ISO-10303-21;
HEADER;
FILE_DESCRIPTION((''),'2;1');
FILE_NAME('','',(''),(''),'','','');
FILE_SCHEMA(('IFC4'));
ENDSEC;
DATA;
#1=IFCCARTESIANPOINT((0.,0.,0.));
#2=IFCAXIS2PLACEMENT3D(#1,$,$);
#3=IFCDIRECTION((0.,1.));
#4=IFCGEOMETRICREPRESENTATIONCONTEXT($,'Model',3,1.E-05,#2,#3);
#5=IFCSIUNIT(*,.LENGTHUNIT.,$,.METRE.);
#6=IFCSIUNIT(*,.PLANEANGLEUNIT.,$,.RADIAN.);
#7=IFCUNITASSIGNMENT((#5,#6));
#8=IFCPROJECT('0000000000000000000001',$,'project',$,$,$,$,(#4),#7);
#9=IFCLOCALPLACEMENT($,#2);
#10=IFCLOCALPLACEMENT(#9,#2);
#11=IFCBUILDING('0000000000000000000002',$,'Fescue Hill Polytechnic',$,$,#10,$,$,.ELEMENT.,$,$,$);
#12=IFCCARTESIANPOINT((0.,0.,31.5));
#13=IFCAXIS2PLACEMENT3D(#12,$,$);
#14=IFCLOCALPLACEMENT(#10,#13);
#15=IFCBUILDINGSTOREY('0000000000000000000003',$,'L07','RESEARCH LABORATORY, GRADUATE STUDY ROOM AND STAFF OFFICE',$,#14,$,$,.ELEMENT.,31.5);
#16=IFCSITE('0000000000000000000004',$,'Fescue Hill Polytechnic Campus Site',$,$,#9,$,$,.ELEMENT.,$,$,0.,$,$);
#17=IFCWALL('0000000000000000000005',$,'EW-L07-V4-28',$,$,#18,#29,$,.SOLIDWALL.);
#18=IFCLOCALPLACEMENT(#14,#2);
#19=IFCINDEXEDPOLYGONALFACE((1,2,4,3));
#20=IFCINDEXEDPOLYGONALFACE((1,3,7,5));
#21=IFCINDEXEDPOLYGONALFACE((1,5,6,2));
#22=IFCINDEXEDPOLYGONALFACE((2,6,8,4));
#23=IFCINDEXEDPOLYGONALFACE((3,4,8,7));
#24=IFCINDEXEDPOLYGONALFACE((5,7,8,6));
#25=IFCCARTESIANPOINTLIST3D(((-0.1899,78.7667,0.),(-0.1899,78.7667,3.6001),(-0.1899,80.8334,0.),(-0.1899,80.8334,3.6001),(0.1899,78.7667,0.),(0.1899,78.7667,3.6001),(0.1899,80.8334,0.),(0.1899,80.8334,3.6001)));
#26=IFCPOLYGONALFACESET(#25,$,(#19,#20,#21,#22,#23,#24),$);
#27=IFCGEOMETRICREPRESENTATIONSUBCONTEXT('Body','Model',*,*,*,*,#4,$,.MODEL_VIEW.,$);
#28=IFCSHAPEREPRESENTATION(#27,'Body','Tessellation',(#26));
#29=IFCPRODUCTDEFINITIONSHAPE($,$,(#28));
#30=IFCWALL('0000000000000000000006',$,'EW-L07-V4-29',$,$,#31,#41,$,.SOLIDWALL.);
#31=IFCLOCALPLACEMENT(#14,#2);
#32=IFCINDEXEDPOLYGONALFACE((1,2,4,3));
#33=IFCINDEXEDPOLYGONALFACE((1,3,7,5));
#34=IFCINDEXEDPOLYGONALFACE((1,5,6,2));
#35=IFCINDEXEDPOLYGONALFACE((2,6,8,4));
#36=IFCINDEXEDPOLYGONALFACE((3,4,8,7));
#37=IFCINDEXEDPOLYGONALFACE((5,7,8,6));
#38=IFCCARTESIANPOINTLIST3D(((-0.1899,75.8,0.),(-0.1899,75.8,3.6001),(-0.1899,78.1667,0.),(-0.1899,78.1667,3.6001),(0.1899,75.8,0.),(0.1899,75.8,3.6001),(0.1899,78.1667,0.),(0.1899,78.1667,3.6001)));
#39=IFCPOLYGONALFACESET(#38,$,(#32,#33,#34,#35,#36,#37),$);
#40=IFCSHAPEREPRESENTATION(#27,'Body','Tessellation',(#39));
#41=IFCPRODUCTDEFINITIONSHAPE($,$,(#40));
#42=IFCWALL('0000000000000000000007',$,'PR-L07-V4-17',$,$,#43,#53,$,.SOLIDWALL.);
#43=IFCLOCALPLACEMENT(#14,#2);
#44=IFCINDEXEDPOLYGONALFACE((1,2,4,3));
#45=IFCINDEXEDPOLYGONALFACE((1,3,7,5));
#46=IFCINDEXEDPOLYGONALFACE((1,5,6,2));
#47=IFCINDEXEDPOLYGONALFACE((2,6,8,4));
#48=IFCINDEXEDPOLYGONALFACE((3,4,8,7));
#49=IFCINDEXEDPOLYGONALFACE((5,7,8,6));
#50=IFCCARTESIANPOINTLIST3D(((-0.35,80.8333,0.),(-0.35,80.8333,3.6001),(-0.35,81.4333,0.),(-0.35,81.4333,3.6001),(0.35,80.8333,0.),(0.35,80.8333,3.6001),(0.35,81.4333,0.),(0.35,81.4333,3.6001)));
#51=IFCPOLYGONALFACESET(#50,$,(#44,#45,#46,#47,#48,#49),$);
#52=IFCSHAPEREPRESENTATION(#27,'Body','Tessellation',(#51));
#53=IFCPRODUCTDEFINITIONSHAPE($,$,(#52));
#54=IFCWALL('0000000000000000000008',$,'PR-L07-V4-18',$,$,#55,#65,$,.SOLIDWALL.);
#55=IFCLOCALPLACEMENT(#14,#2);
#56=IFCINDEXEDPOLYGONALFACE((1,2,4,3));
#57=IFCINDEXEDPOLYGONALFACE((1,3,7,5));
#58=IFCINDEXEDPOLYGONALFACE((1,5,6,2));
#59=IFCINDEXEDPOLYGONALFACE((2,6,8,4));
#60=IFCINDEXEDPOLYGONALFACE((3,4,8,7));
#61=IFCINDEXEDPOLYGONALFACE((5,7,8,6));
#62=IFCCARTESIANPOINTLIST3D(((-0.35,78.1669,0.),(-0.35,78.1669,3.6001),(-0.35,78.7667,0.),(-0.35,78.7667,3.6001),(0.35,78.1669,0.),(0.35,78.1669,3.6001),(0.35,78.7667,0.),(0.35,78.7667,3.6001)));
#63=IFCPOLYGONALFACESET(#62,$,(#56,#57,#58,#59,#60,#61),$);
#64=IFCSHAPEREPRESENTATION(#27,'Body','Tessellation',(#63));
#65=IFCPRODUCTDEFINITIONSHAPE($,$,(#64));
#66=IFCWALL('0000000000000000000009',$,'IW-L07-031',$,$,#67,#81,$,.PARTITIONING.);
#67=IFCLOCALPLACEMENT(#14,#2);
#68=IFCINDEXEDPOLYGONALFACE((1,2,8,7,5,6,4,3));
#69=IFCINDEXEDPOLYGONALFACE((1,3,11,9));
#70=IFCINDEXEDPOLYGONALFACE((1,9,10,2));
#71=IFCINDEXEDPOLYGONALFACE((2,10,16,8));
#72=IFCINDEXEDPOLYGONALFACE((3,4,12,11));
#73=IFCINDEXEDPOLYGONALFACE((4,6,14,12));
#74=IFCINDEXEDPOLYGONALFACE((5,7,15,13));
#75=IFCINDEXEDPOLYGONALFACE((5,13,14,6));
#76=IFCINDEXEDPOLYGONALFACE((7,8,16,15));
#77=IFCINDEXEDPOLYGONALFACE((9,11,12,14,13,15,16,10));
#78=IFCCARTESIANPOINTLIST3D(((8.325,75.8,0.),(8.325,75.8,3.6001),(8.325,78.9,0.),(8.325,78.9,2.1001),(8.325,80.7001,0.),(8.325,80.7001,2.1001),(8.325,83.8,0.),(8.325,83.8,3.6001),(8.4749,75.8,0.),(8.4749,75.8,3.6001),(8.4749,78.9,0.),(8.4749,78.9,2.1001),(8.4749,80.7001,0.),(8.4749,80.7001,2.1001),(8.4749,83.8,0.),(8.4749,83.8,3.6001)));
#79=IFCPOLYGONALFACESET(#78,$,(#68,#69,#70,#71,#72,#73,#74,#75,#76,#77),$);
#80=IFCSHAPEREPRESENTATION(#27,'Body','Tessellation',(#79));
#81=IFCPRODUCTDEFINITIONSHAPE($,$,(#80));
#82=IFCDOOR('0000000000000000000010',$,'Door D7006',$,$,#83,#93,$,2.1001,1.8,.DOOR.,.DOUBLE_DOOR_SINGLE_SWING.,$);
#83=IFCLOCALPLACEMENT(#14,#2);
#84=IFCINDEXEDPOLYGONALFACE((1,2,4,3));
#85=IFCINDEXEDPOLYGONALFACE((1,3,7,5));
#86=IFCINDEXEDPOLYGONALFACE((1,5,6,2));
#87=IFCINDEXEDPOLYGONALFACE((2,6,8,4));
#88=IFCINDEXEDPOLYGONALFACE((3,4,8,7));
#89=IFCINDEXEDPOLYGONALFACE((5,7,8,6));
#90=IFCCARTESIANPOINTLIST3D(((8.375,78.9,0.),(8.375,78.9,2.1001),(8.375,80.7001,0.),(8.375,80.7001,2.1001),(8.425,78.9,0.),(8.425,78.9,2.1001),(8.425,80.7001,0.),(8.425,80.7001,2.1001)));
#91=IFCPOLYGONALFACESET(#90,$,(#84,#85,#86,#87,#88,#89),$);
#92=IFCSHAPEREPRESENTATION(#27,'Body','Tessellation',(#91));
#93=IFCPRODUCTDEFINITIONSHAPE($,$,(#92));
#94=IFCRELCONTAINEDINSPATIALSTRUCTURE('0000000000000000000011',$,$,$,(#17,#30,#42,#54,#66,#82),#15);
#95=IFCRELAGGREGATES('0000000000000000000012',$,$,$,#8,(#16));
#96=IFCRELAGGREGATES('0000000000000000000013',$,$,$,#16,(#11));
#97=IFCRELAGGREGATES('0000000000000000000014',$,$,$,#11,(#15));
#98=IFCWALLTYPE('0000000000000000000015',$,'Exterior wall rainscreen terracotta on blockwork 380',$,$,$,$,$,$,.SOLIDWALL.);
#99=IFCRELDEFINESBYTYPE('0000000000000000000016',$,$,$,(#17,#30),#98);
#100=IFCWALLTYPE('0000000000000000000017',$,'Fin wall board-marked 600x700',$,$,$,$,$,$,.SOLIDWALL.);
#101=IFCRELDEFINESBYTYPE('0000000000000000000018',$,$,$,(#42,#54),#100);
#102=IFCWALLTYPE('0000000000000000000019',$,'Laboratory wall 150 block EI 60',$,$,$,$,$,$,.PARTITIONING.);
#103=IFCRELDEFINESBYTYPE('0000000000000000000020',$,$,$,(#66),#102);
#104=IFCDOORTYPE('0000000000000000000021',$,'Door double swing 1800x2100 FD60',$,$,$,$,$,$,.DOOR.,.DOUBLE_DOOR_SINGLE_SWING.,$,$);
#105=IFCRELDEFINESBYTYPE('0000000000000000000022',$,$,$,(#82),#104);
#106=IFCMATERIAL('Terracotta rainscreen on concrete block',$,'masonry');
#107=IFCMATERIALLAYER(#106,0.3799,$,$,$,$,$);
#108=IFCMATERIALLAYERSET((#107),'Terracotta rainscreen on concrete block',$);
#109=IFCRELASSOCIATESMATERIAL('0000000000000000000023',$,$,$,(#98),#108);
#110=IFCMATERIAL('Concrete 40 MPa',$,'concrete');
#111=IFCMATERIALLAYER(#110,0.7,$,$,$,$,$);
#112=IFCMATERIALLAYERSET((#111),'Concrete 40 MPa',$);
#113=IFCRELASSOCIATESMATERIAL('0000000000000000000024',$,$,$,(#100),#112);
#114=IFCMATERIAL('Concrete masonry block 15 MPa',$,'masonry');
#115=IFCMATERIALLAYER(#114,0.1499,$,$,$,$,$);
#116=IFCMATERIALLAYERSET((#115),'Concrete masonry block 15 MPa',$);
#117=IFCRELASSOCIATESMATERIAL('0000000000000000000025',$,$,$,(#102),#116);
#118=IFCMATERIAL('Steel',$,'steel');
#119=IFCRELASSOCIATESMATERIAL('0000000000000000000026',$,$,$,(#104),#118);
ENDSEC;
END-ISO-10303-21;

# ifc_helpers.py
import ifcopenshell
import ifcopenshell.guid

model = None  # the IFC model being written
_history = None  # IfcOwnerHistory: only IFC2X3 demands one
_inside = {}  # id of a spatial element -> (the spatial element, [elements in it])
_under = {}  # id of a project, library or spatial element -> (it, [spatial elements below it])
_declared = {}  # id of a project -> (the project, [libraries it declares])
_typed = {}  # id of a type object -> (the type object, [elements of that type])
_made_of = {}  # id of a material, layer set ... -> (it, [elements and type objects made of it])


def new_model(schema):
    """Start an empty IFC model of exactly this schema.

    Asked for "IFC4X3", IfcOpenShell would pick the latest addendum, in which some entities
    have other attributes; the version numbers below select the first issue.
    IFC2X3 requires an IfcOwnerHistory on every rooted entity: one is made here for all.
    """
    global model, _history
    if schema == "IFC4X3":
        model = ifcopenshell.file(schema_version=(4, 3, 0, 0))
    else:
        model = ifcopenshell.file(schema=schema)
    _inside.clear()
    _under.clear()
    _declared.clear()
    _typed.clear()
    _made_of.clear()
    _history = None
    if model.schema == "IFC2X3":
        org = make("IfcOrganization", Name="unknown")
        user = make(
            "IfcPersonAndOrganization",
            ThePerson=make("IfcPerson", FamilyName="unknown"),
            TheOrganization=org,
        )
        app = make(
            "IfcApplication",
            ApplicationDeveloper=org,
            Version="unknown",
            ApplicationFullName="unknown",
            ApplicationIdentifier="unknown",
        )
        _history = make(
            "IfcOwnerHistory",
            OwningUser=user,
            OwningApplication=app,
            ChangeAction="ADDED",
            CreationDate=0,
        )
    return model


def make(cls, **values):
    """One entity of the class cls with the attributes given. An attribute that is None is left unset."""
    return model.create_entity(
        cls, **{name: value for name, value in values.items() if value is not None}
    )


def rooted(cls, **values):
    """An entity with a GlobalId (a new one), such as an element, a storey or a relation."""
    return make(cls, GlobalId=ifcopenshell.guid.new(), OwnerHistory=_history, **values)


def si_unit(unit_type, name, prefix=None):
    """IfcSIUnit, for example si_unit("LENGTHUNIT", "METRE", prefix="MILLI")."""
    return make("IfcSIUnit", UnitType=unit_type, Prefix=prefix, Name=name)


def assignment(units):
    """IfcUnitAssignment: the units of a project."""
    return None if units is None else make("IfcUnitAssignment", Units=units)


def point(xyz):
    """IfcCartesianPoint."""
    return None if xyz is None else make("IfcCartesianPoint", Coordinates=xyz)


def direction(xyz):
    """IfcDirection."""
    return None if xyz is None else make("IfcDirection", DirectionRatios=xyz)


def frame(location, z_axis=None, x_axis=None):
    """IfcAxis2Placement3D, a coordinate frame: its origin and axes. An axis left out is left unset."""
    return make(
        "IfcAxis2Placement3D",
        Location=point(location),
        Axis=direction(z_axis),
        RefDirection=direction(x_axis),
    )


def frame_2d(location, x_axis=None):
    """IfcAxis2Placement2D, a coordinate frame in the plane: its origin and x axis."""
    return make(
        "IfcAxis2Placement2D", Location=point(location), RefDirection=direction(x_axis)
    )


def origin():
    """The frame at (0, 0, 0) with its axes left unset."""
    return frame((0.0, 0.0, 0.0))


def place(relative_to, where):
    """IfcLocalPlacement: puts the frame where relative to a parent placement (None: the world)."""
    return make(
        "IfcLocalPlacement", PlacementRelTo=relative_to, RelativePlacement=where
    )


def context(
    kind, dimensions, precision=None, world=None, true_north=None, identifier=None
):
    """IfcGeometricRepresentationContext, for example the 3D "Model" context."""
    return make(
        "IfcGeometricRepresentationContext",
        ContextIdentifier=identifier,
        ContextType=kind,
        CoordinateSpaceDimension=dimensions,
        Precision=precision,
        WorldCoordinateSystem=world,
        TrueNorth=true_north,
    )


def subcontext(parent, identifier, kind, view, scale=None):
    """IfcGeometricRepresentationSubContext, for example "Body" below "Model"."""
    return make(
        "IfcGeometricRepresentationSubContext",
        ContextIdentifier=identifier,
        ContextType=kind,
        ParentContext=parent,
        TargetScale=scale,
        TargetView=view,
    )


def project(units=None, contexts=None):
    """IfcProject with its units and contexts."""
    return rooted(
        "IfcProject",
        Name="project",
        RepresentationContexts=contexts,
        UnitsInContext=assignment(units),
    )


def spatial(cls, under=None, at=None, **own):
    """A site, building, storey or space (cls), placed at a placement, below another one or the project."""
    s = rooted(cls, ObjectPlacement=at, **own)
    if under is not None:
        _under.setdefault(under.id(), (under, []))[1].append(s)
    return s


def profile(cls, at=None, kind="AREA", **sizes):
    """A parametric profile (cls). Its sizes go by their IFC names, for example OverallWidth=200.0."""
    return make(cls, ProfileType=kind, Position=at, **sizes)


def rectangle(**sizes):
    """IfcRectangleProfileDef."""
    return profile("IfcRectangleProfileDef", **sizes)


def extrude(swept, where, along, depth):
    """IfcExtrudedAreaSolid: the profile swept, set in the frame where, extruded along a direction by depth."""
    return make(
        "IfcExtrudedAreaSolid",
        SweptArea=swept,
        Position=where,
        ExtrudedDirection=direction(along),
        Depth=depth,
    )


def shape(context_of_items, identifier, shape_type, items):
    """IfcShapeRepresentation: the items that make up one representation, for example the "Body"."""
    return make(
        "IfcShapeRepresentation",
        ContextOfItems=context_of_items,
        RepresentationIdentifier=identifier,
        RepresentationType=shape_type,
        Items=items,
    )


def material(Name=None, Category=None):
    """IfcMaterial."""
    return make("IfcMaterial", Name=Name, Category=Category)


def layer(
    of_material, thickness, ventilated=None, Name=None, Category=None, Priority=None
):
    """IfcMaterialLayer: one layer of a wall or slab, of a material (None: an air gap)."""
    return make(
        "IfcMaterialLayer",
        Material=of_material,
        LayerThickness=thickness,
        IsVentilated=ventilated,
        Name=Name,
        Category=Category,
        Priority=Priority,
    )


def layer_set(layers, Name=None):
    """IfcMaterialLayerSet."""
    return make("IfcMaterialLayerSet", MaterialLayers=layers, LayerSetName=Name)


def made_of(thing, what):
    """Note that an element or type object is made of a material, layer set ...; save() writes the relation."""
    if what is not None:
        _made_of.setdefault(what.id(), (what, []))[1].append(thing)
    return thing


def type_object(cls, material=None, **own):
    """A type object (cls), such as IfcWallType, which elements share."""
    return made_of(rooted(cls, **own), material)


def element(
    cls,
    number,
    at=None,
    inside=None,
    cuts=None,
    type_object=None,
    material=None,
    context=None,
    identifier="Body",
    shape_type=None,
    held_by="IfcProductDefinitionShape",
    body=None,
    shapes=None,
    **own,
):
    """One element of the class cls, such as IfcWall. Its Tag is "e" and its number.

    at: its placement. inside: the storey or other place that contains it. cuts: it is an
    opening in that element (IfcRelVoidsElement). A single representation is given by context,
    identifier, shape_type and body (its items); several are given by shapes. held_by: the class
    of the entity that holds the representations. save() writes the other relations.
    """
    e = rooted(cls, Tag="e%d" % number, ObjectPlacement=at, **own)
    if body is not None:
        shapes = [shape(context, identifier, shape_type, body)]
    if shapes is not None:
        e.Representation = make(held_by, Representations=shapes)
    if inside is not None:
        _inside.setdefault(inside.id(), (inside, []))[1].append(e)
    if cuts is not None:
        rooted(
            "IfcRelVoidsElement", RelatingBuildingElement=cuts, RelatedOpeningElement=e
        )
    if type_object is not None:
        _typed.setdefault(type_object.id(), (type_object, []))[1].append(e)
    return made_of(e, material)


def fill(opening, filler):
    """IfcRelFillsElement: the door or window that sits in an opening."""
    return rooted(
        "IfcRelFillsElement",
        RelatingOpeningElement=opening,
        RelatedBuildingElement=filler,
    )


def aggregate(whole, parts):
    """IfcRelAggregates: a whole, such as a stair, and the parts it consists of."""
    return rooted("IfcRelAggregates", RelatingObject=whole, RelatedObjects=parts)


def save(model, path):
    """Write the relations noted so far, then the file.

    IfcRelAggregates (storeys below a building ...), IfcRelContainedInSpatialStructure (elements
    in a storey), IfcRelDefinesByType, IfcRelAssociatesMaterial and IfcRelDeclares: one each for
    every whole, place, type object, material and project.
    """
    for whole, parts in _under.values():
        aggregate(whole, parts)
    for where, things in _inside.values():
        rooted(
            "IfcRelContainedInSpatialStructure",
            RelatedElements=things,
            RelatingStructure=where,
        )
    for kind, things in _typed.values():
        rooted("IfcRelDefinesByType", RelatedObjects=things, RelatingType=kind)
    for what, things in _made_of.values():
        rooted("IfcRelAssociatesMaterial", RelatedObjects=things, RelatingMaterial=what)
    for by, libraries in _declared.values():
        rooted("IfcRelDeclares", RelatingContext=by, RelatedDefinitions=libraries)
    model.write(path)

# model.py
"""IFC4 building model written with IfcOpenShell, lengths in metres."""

from ifc_helpers import new_model, si_unit, direction, frame, frame_2d, origin, place, context, subcontext, project, spatial, rectangle, extrude, material, layer, layer_set, type_object, element, fill, save


model = new_model("IFC4")

# Units and contexts
model_context = context("Model", 3, precision=1e-05, world=origin(), true_north=direction((0.0, 1.0)))
body_context = subcontext(model_context, "Body", "Model", "MODEL_VIEW")
ifc_project = project(units=[si_unit("LENGTHUNIT", "METRE"), si_unit("PLANEANGLEUNIT", "RADIAN")], contexts=[model_context])

# Site, building, storey
site_placement = place(None, origin())
site = spatial("IfcSite", under=ifc_project, at=site_placement, Name="Fescue Hill Polytechnic Campus Site", CompositionType="ELEMENT", RefElevation=0.0)
building_placement = place(site_placement, origin())
building = spatial("IfcBuilding", under=site, at=building_placement, Name="Fescue Hill Polytechnic", CompositionType="ELEMENT")
storey_placement = place(building_placement, frame((0.0, 0.0, 31.5)))
storey = spatial("IfcBuildingStorey", under=building, at=storey_placement, Name="L07", Description="RESEARCH LABORATORY, GRADUATE STUDY ROOM AND STAFF OFFICE", CompositionType="ELEMENT", Elevation=31.5)

# Shared definitions
ifc_material_1 = material(Name="Concrete 40 MPa", Category="concrete")

# Walls
ifc_material_2 = material(Name="Terracotta rainscreen on concrete block", Category="masonry")
ifc_layer_1 = layer(ifc_material_2, 0.3799)
ifc_layer_set_1 = layer_set([ifc_layer_1], Name="Terracotta rainscreen on concrete block")
wall_type_1 = type_object("IfcWallType", Name="Exterior wall rainscreen terracotta on blockwork 380", PredefinedType="SOLIDWALL", material=ifc_layer_set_1)
wall_1_placement = place(storey_placement, frame((0.0, 80.8333, 0.0), z_axis=(0.0, 0.0, 1.0), x_axis=(0.0, -1.0, 0.0)))
element("IfcWall", 1, at=wall_1_placement, inside=storey, type_object=wall_type_1, Name="EW-L07-V4-28", PredefinedType="SOLIDWALL", context=body_context, shape_type="SweptSolid", body=[
    extrude(rectangle(XDim=2.0667, YDim=0.3799, at=frame_2d((1.0332, 0.0))), origin(), (0.0, 0.0, 1.0), 3.6001),
])
wall_2_placement = place(storey_placement, frame((0.0, 78.1667, 0.0), z_axis=(0.0, 0.0, 1.0), x_axis=(0.0, -1.0, 0.0)))
element("IfcWall", 2, at=wall_2_placement, inside=storey, type_object=wall_type_1, Name="EW-L07-V4-29", PredefinedType="SOLIDWALL", context=body_context, shape_type="SweptSolid", body=[
    extrude(rectangle(XDim=2.3667, YDim=0.3799, at=frame_2d((1.1833, 0.0))), origin(), (0.0, 0.0, 1.0), 3.6001),
])
ifc_layer_2 = layer(ifc_material_1, 0.7)
ifc_layer_set_2 = layer_set([ifc_layer_2], Name="Concrete 40 MPa")
wall_type_2 = type_object("IfcWallType", Name="Fin wall board-marked 600x700", PredefinedType="SOLIDWALL", material=ifc_layer_set_2)
wall_3_placement = place(storey_placement, frame((0.0, 81.4333, 0.0), z_axis=(0.0, 0.0, 1.0), x_axis=(0.0, -1.0, 0.0)))
element("IfcWall", 3, at=wall_3_placement, inside=storey, type_object=wall_type_2, Name="PR-L07-V4-17", PredefinedType="SOLIDWALL", context=body_context, shape_type="SweptSolid", body=[
    extrude(rectangle(XDim=0.6001, YDim=0.7, at=frame_2d((0.3, 0.0))), origin(), (0.0, 0.0, 1.0), 3.6001),
])
wall_4_placement = place(storey_placement, frame((0.0, 78.7666, 0.0), z_axis=(0.0, 0.0, 1.0), x_axis=(0.0, -1.0, 0.0)))
element("IfcWall", 4, at=wall_4_placement, inside=storey, type_object=wall_type_2, Name="PR-L07-V4-18", PredefinedType="SOLIDWALL", context=body_context, shape_type="SweptSolid", body=[
    extrude(rectangle(XDim=0.5999, YDim=0.7, at=frame_2d((0.2998, 0.0))), origin(), (0.0, 0.0, 1.0), 3.6001),
])

# Wall, opening, door
ifc_material_3 = material(Name="Concrete masonry block 15 MPa", Category="masonry")
ifc_layer_3 = layer(ifc_material_3, 0.1499)
ifc_layer_set_3 = layer_set([ifc_layer_3], Name="Concrete masonry block 15 MPa")
wall_type_3 = type_object("IfcWallType", Name="Laboratory wall 150 block EI 60", PredefinedType="PARTITIONING", material=ifc_layer_set_3)
wall_5_placement = place(storey_placement, frame((8.3999, 75.8, 0.0), z_axis=(0.0, 0.0, 1.0), x_axis=(0.0, 1.0, 0.0)))
wall_5 = element("IfcWall", 5, at=wall_5_placement, inside=storey, type_object=wall_type_3, Name="IW-L07-031", PredefinedType="PARTITIONING", context=body_context, shape_type="SweptSolid", body=[
    extrude(rectangle(XDim=8.0, YDim=0.1499, at=frame_2d((4.0, 0.0))), origin(), (0.0, 0.0, 1.0), 3.6001),
])
opening_placement = place(wall_5_placement, frame((3.1001, 0.0, 0.0)))
opening = element("IfcOpeningElement", 6, at=opening_placement, cuts=wall_5, PredefinedType="OPENING", context=body_context, shape_type="SweptSolid", body=[
    extrude(rectangle(XDim=1.8, YDim=2.1001, at=frame_2d((0.8999, 1.05))), frame((0.0, 0.085, 0.0), z_axis=(0.0, -1.0, 0.0), x_axis=(1.0, 0.0, 0.0)), (0.0, 0.0, 1.0), 0.1699),
])
ifc_material_4 = material(Name="Steel", Category="steel")
door_type = type_object("IfcDoorType", Name="Door double swing 1800x2100 FD60", OperationType="DOUBLE_DOOR_SINGLE_SWING", PredefinedType="DOOR", material=ifc_material_4)
door_placement = place(opening_placement, origin())
door = element("IfcDoor", 7, at=door_placement, inside=storey, type_object=door_type, Name="Door D7006", OperationType="DOUBLE_DOOR_SINGLE_SWING", OverallHeight=2.1001, OverallWidth=1.8, PredefinedType="DOOR", context=body_context, shape_type="SweptSolid", body=[
    extrude(rectangle(XDim=1.8, YDim=2.1001, at=frame_2d((0.8999, 1.05))), frame((0.0, 0.0249, 0.0), z_axis=(0.0, -1.0, 0.0), x_axis=(1.0, 0.0, 0.0)), (0.0, 0.0, 1.0), 0.05),
])
fill(opening, door)

save(model, "model.ifc")
